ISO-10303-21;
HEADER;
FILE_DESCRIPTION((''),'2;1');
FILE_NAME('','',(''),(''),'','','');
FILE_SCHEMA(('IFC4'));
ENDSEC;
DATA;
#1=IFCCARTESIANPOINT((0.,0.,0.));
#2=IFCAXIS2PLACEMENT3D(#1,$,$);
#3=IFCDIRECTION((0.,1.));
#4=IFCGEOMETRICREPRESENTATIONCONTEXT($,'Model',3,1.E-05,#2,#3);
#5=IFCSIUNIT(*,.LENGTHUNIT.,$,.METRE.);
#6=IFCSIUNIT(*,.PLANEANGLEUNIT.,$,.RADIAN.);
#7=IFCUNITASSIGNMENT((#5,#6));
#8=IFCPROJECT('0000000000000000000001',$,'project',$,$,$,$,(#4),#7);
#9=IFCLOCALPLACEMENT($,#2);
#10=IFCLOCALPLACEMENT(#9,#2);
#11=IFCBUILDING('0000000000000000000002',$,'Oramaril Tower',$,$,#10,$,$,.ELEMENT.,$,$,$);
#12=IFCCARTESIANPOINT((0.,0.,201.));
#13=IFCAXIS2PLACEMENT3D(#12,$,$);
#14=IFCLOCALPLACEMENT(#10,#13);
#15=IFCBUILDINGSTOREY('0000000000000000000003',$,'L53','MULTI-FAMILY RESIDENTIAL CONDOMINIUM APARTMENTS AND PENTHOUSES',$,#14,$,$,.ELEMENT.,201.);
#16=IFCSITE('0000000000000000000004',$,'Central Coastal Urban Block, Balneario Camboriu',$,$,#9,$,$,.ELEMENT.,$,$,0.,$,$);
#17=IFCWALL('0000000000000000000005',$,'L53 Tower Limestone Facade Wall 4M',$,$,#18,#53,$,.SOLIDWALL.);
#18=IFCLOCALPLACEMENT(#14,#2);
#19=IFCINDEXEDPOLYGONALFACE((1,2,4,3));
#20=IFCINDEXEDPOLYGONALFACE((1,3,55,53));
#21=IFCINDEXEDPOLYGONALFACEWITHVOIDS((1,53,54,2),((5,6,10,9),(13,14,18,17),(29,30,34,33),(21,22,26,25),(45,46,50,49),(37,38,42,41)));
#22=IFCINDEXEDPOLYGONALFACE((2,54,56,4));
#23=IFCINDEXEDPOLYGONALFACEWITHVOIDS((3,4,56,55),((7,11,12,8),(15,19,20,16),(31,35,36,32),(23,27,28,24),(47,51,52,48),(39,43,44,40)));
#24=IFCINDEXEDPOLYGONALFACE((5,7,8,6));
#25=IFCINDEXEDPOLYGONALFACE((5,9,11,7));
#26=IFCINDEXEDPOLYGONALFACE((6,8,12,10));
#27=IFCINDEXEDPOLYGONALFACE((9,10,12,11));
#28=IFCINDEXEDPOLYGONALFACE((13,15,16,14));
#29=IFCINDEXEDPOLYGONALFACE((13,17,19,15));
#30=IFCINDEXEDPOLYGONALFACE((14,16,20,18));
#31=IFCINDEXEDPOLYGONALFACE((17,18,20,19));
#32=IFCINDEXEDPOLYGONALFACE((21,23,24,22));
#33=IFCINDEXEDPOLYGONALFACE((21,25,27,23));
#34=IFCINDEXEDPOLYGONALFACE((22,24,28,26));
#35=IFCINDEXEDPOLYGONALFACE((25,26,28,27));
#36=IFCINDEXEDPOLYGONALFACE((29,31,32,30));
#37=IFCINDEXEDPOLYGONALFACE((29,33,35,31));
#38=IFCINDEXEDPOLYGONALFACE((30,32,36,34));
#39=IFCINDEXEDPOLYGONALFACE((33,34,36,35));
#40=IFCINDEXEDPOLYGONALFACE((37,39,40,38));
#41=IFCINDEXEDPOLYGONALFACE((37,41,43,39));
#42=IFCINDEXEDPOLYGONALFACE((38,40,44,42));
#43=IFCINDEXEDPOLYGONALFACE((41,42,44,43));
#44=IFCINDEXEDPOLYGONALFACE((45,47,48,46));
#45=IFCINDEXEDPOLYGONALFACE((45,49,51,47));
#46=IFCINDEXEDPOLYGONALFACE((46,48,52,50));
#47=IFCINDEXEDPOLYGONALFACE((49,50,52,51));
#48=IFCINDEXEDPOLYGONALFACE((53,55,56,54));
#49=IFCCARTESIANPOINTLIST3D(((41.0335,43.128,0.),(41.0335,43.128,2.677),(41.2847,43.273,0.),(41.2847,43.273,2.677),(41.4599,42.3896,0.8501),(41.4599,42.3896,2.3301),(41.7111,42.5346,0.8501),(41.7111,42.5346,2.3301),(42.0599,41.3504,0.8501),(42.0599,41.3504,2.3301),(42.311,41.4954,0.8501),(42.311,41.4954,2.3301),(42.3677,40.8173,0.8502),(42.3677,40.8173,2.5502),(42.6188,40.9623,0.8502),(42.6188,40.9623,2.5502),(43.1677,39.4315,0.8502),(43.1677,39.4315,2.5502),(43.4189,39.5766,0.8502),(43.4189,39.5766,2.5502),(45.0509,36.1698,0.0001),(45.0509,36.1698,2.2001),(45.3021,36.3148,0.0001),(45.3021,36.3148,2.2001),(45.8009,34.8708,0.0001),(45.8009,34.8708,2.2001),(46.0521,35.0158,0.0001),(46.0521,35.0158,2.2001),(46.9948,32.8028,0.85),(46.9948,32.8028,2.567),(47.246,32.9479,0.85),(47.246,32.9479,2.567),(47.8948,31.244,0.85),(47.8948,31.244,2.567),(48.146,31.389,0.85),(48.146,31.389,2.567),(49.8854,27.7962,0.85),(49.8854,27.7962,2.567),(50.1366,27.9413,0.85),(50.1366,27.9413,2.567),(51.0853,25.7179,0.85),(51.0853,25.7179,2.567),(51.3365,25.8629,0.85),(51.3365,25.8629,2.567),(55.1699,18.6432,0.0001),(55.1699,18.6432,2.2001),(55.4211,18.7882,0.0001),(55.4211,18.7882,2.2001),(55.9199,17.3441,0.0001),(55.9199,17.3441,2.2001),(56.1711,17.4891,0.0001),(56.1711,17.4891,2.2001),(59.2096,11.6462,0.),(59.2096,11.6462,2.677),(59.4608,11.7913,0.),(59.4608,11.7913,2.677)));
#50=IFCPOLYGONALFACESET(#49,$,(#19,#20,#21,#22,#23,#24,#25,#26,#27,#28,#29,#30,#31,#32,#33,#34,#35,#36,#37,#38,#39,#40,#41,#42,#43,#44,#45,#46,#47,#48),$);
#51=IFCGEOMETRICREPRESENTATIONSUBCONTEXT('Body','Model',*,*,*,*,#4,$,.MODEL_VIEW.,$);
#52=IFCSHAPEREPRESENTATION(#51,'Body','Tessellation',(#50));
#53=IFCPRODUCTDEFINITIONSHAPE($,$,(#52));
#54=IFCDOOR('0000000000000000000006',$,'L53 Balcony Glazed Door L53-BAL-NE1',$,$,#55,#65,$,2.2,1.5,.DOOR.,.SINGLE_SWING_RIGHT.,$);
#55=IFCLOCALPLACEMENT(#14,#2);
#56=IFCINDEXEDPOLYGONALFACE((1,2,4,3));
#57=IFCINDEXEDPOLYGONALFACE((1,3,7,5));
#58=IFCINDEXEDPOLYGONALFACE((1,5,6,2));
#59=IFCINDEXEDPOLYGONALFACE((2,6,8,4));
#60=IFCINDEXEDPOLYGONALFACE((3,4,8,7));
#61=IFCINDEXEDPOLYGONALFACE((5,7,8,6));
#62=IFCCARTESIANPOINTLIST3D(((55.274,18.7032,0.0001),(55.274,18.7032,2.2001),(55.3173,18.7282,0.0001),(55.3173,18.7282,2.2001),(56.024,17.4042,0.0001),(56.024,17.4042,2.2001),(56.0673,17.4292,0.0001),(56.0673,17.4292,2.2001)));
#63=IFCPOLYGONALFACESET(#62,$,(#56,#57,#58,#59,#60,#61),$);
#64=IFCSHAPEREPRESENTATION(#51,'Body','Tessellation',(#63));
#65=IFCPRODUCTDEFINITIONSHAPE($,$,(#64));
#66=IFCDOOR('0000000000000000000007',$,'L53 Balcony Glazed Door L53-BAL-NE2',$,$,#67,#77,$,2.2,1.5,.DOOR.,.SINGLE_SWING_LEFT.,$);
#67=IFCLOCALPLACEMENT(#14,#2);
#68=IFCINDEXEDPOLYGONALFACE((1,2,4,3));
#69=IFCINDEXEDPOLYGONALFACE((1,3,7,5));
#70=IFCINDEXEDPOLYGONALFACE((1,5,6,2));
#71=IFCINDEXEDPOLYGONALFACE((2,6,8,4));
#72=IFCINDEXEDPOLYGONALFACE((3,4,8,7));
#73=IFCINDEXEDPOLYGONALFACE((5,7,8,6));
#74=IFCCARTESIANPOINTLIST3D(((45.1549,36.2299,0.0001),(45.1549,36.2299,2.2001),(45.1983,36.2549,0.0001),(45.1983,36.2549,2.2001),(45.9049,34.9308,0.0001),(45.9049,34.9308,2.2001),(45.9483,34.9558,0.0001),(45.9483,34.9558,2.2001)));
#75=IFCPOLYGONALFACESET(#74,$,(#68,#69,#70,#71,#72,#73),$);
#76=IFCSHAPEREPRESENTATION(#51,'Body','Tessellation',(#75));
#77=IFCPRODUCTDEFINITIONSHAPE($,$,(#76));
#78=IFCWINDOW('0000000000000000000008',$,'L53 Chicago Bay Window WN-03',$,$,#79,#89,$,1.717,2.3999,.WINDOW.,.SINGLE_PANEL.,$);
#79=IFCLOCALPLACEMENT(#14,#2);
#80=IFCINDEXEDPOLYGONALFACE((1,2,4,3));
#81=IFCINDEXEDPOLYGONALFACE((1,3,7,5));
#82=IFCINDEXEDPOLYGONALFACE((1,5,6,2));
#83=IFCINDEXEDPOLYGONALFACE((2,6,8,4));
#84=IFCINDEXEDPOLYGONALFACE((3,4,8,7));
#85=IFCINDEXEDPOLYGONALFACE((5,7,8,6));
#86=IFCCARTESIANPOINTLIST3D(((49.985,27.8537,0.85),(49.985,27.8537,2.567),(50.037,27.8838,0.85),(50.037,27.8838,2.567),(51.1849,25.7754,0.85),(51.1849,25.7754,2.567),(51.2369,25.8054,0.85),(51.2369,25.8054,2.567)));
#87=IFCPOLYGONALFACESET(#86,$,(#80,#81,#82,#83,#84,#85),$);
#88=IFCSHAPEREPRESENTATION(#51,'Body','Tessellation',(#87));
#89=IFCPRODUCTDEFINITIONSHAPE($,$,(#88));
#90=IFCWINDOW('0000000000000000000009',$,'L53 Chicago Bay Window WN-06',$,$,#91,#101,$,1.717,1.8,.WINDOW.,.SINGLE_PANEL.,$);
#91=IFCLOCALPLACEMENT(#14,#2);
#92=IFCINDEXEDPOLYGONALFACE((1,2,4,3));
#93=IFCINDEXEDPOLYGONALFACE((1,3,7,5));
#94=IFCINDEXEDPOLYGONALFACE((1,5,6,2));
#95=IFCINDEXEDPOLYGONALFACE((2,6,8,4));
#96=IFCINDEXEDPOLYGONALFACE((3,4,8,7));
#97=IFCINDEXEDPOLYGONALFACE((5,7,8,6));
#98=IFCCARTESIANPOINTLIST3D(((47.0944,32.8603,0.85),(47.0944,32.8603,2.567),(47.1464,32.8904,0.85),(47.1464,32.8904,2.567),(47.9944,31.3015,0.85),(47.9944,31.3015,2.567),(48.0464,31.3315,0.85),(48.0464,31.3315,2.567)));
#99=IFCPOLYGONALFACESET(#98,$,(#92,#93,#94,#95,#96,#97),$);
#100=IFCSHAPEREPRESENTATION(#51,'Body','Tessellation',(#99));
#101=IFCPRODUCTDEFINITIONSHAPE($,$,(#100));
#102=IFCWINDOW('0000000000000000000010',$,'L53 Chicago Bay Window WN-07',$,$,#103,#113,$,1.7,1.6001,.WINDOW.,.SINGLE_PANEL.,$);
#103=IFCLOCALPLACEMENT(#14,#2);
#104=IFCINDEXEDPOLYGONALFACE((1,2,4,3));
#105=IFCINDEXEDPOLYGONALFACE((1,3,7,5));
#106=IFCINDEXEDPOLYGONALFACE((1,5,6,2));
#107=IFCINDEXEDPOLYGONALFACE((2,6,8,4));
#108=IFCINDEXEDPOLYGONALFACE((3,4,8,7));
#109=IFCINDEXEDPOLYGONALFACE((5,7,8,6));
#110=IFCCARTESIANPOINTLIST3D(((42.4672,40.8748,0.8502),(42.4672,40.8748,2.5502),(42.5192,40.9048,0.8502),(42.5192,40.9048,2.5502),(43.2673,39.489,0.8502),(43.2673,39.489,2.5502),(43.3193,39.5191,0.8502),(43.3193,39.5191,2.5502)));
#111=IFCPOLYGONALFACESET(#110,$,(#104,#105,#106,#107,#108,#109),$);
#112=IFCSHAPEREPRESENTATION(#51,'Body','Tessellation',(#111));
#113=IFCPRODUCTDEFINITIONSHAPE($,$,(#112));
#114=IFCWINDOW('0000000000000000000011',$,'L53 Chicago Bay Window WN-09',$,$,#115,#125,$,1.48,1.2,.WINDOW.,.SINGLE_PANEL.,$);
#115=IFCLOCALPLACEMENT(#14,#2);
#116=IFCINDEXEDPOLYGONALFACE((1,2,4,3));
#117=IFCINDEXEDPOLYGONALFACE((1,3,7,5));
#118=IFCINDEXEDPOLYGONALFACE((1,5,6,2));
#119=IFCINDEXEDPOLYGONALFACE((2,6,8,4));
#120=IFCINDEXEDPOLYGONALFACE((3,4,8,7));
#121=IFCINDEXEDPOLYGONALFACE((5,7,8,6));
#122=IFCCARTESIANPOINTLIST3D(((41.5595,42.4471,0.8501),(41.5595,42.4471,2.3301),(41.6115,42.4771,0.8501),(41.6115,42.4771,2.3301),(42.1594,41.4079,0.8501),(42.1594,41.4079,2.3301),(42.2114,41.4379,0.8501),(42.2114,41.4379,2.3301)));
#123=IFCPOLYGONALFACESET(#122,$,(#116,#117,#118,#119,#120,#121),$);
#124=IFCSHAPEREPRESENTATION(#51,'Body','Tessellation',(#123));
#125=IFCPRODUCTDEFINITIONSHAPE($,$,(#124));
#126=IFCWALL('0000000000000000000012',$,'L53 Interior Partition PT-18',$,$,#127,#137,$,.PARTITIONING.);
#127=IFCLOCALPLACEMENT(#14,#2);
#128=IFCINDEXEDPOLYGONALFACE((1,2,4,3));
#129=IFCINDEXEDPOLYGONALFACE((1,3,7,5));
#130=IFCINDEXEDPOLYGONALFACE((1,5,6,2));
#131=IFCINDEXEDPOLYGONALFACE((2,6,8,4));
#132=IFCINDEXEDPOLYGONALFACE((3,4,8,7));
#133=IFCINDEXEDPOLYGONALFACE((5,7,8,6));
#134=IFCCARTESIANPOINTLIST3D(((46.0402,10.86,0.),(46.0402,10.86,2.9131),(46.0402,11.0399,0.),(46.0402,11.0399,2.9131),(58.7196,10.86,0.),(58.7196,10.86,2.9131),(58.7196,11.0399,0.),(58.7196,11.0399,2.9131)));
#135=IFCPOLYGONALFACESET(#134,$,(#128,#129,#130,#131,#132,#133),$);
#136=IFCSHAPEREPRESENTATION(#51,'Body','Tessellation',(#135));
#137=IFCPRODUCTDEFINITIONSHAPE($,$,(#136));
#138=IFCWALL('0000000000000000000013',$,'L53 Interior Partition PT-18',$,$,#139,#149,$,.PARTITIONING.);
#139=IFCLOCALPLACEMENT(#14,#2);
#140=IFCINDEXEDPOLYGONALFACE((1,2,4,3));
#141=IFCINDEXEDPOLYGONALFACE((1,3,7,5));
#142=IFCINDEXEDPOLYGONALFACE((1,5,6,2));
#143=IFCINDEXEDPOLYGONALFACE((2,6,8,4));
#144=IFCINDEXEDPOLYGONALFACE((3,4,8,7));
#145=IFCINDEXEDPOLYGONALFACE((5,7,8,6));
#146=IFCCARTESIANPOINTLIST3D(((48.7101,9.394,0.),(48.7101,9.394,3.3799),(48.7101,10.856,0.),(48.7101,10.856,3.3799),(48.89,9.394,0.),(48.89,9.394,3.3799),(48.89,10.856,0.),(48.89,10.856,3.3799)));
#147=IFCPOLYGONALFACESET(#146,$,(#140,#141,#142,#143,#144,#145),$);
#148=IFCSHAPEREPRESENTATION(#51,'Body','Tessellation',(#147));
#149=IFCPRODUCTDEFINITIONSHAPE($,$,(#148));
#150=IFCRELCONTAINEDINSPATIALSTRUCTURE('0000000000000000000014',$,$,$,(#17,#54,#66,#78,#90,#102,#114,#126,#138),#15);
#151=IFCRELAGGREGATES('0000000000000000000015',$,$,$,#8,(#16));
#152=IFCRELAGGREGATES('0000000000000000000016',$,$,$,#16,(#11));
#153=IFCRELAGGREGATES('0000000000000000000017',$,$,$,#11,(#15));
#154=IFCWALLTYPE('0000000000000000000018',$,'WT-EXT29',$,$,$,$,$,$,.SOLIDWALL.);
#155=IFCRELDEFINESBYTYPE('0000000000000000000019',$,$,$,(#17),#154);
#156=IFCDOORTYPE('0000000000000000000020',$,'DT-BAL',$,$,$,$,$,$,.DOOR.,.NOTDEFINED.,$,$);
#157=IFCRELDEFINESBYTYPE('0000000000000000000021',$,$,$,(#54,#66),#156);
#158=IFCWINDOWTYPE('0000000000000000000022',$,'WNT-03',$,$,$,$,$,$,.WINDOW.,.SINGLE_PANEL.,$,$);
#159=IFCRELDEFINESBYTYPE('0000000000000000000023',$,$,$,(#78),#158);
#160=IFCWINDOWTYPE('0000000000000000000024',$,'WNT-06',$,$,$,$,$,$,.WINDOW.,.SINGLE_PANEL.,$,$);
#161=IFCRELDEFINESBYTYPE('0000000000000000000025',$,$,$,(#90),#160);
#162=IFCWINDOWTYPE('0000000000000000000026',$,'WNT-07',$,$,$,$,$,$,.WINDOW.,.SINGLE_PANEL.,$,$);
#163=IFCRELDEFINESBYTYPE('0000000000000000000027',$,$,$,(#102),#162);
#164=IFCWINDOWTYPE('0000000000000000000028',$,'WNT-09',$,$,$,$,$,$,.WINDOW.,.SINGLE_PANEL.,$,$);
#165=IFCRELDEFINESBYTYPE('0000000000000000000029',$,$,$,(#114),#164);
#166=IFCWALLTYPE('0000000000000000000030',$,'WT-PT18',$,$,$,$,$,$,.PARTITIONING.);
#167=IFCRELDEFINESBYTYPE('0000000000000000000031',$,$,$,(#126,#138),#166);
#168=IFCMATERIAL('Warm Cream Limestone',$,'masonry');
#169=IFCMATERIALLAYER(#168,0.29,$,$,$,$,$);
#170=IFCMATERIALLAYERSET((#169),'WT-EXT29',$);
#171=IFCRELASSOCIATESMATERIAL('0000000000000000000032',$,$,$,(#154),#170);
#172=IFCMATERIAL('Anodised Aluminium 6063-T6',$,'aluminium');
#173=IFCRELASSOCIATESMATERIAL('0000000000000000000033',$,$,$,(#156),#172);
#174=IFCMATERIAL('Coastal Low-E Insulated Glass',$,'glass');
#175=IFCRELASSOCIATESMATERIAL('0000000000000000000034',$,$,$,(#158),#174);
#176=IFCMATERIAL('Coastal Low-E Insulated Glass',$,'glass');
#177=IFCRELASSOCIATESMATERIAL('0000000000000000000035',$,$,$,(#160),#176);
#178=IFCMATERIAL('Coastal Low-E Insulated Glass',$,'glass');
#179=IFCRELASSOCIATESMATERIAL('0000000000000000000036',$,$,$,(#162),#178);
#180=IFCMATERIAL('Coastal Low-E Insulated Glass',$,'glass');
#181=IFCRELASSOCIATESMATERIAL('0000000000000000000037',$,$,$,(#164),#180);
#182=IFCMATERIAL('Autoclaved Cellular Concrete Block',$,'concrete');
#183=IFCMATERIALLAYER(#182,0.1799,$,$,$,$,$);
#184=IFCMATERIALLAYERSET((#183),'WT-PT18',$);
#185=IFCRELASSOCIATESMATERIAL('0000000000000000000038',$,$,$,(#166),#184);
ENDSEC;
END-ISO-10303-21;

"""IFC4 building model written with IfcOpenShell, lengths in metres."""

from ifc_helpers import new_model, si_unit, direction, frame, frame_2d, origin, place, context, subcontext, project, spatial, rectangle, extrude, material, layer, layer_set, type_object, element, fill, save


model = new_model("IFC4")

# Units and contexts
model_context = context("Model", 3, precision=1e-05, world=origin(), true_north=direction((0.0, 1.0)))
body_context = subcontext(model_context, "Body", "Model", "MODEL_VIEW")
ifc_project = project(units=[si_unit("LENGTHUNIT", "METRE"), si_unit("PLANEANGLEUNIT", "RADIAN")], contexts=[model_context])

# Site, building, storey
site_placement = place(None, origin())
site = spatial("IfcSite", under=ifc_project, at=site_placement, Name="Central Coastal Urban Block, Balneario Camboriu", CompositionType="ELEMENT", RefElevation=0.0)
building_placement = place(site_placement, origin())
building = spatial("IfcBuilding", under=site, at=building_placement, Name="Oramaril Tower", CompositionType="ELEMENT")
storey_placement = place(building_placement, frame((0.0, 0.0, 201.0)))
storey = spatial("IfcBuildingStorey", under=building, at=storey_placement, Name="L53", Description="MULTI-FAMILY RESIDENTIAL CONDOMINIUM APARTMENTS AND PENTHOUSES", CompositionType="ELEMENT", Elevation=201.0)

# Wall, openings, doors, windows
ifc_material_1 = material(Name="Warm Cream Limestone", Category="masonry")
ifc_layer_1 = layer(ifc_material_1, 0.29)
ifc_layer_set_1 = layer_set([ifc_layer_1], Name="WT-EXT29")
wall_type_1 = type_object("IfcWallType", Name="WT-EXT29", PredefinedType="SOLIDWALL", material=ifc_layer_set_1)
wall_1_placement = place(storey_placement, frame((59.3352, 11.7188, 0.0), z_axis=(0.0, 0.0, 1.0), x_axis=(-0.500001, 0.866025, 0.0)))
wall_1 = element("IfcWall", 1, at=wall_1_placement, inside=storey, type_object=wall_type_1, Name="L53 Tower Limestone Facade Wall 4M", PredefinedType="SOLIDWALL", context=body_context, shape_type="SweptSolid", body=[
    extrude(rectangle(XDim=36.3521, YDim=0.29, at=frame_2d((18.176, 0.0))), origin(), (0.0, 0.0, 1.0), 2.677),
])
opening_1_placement = place(wall_1_placement, frame((6.5793, 0.0, 0.0)))
opening_1 = element("IfcOpeningElement", 2, at=opening_1_placement, cuts=wall_1, PredefinedType="OPENING", context=body_context, shape_type="SweptSolid", body=[
    extrude(rectangle(XDim=1.5, YDim=2.2, at=frame_2d((0.75, 1.1001))), frame((0.0, 0.145, 0.0), z_axis=(0.0, -1.0, 0.0), x_axis=(1.0, 0.0, 0.0)), (0.0, 0.0, 1.0), 0.29),
])
opening_2_placement = place(wall_1_placement, frame((26.8174, 0.0, 0.0)))
opening_2 = element("IfcOpeningElement", 3, at=opening_2_placement, cuts=wall_1, PredefinedType="OPENING", context=body_context, shape_type="SweptSolid", body=[
    extrude(rectangle(XDim=1.5, YDim=2.2, at=frame_2d((0.75, 1.1001))), frame((0.0, 0.145, 0.0), z_axis=(0.0, -1.0, 0.0), x_axis=(1.0, 0.0, 0.0)), (0.0, 0.0, 1.0), 0.29),
])
opening_3_placement = place(wall_1_placement, frame((34.2993, 0.0, 0.8501)))
opening_3 = element("IfcOpeningElement", 4, at=opening_3_placement, cuts=wall_1, PredefinedType="OPENING", context=body_context, shape_type="SweptSolid", body=[
    extrude(rectangle(XDim=1.2, YDim=1.48, at=frame_2d((0.6001, 0.74))), frame((0.0, 0.145, 0.0), z_axis=(0.0, -1.0, 0.0), x_axis=(1.0, 0.0, 0.0)), (0.0, 0.0, 1.0), 0.29),
])
opening_4_placement = place(wall_1_placement, frame((16.2485, 0.0, 0.8501)))
opening_4 = element("IfcOpeningElement", 5, at=opening_4_placement, cuts=wall_1, PredefinedType="OPENING", context=body_context, shape_type="SweptSolid", body=[
    extrude(rectangle(XDim=2.3999, YDim=1.717, at=frame_2d((1.2, 0.8584))), frame((0.0, 0.145, 0.0), z_axis=(0.0, -1.0, 0.0), x_axis=(1.0, 0.0, 0.0)), (0.0, 0.0, 1.0), 0.29),
])
opening_5_placement = place(wall_1_placement, frame((22.6296, 0.0, 0.8501)))
opening_5 = element("IfcOpeningElement", 6, at=opening_5_placement, cuts=wall_1, PredefinedType="OPENING", context=body_context, shape_type="SweptSolid", body=[
    extrude(rectangle(XDim=1.8, YDim=1.717, at=frame_2d((0.8999, 0.8584))), frame((0.0, 0.145, 0.0), z_axis=(0.0, -1.0, 0.0), x_axis=(1.0, 0.0, 0.0)), (0.0, 0.0, 1.0), 0.29),
])
opening_6_placement = place(wall_1_placement, frame((32.0837, 0.0, 0.8501)))
opening_6 = element("IfcOpeningElement", 7, at=opening_6_placement, cuts=wall_1, PredefinedType="OPENING", context=body_context, shape_type="SweptSolid", body=[
    extrude(rectangle(XDim=1.6001, YDim=1.7, at=frame_2d((0.8, 0.8501))), frame((0.0, 0.145, 0.0), z_axis=(0.0, -1.0, 0.0), x_axis=(1.0, 0.0, 0.0)), (0.0, 0.0, 1.0), 0.29),
])
ifc_material_2 = material(Name="Anodised Aluminium 6063-T6", Category="aluminium")
door_type = type_object("IfcDoorType", Name="DT-BAL", OperationType="NOTDEFINED", PredefinedType="DOOR", material=ifc_material_2)
door_1_placement = place(opening_1_placement, origin())
door_1 = element("IfcDoor", 8, at=door_1_placement, inside=storey, type_object=door_type, Name="L53 Balcony Glazed Door L53-BAL-NE1", OperationType="SINGLE_SWING_RIGHT", OverallHeight=2.2, OverallWidth=1.5, PredefinedType="DOOR", context=body_context, shape_type="SweptSolid", body=[
    extrude(rectangle(XDim=1.5, YDim=2.2, at=frame_2d((0.75, 1.1001))), frame((0.0, 0.0249, 0.0), z_axis=(0.0, -1.0, 0.0), x_axis=(1.0, 0.0, 0.0)), (0.0, 0.0, 1.0), 0.05),
])
fill(opening_1, door_1)
door_2_placement = place(opening_2_placement, origin())
door_2 = element("IfcDoor", 9, at=door_2_placement, inside=storey, type_object=door_type, Name="L53 Balcony Glazed Door L53-BAL-NE2", OperationType="SINGLE_SWING_LEFT", OverallHeight=2.2, OverallWidth=1.5, PredefinedType="DOOR", context=body_context, shape_type="SweptSolid", body=[
    extrude(rectangle(XDim=1.5, YDim=2.2, at=frame_2d((0.75, 1.1001))), frame((0.0, 0.0249, 0.0), z_axis=(0.0, -1.0, 0.0), x_axis=(1.0, 0.0, 0.0)), (0.0, 0.0, 1.0), 0.05),
])
fill(opening_2, door_2)
ifc_material_3 = material(Name="Coastal Low-E Insulated Glass", Category="glass")
window_type_1 = type_object("IfcWindowType", Name="WNT-03", PartitioningType="SINGLE_PANEL", PredefinedType="WINDOW", material=ifc_material_3)
window_1_placement = place(opening_4_placement, origin())
window_1 = element("IfcWindow", 10, at=window_1_placement, inside=storey, type_object=window_type_1, Name="L53 Chicago Bay Window WN-03", OverallHeight=1.717, OverallWidth=2.3999, PartitioningType="SINGLE_PANEL", PredefinedType="WINDOW", context=body_context, shape_type="SweptSolid", body=[
    extrude(rectangle(XDim=2.3999, YDim=1.717, at=frame_2d((1.2, 0.8584))), frame((0.0, 0.03, 0.0), z_axis=(0.0, -1.0, 0.0), x_axis=(1.0, 0.0, 0.0)), (0.0, 0.0, 1.0), 0.0601),
])
fill(opening_4, window_1)
ifc_material_4 = material(Name="Coastal Low-E Insulated Glass", Category="glass")
window_type_2 = type_object("IfcWindowType", Name="WNT-06", PartitioningType="SINGLE_PANEL", PredefinedType="WINDOW", material=ifc_material_4)
window_2_placement = place(opening_5_placement, origin())
window_2 = element("IfcWindow", 11, at=window_2_placement, inside=storey, type_object=window_type_2, Name="L53 Chicago Bay Window WN-06", OverallHeight=1.717, OverallWidth=1.8, PartitioningType="SINGLE_PANEL", PredefinedType="WINDOW", context=body_context, shape_type="SweptSolid", body=[
    extrude(rectangle(XDim=1.8, YDim=1.717, at=frame_2d((0.8999, 0.8584))), frame((0.0, 0.03, 0.0), z_axis=(0.0, -1.0, 0.0), x_axis=(1.0, 0.0, 0.0)), (0.0, 0.0, 1.0), 0.0601),
])
fill(opening_5, window_2)
ifc_material_5 = material(Name="Coastal Low-E Insulated Glass", Category="glass")
window_type_3 = type_object("IfcWindowType", Name="WNT-07", PartitioningType="SINGLE_PANEL", PredefinedType="WINDOW", material=ifc_material_5)
window_3_placement = place(opening_6_placement, origin())
window_3 = element("IfcWindow", 12, at=window_3_placement, inside=storey, type_object=window_type_3, Name="L53 Chicago Bay Window WN-07", OverallHeight=1.7, OverallWidth=1.6001, PartitioningType="SINGLE_PANEL", PredefinedType="WINDOW", context=body_context, shape_type="SweptSolid", body=[
    extrude(rectangle(XDim=1.6001, YDim=1.7, at=frame_2d((0.8, 0.8501))), frame((0.0, 0.03, 0.0), z_axis=(0.0, -1.0, 0.0), x_axis=(1.0, 0.0, 0.0)), (0.0, 0.0, 1.0), 0.0601),
])
fill(opening_6, window_3)
ifc_material_6 = material(Name="Coastal Low-E Insulated Glass", Category="glass")
window_type_4 = type_object("IfcWindowType", Name="WNT-09", PartitioningType="SINGLE_PANEL", PredefinedType="WINDOW", material=ifc_material_6)
window_4_placement = place(opening_3_placement, origin())
window_4 = element("IfcWindow", 13, at=window_4_placement, inside=storey, type_object=window_type_4, Name="L53 Chicago Bay Window WN-09", OverallHeight=1.48, OverallWidth=1.2, PartitioningType="SINGLE_PANEL", PredefinedType="WINDOW", context=body_context, shape_type="SweptSolid", body=[
    extrude(rectangle(XDim=1.2, YDim=1.48, at=frame_2d((0.6001, 0.74))), frame((0.0, 0.03, 0.0), z_axis=(0.0, -1.0, 0.0), x_axis=(1.0, 0.0, 0.0)), (0.0, 0.0, 1.0), 0.0601),
])
fill(opening_3, window_4)

# Walls
ifc_material_7 = material(Name="Autoclaved Cellular Concrete Block", Category="concrete")
ifc_layer_2 = layer(ifc_material_7, 0.1799)
ifc_layer_set_2 = layer_set([ifc_layer_2], Name="WT-PT18")
wall_type_2 = type_object("IfcWallType", Name="WT-PT18", PredefinedType="PARTITIONING", material=ifc_layer_set_2)
wall_2_placement = place(storey_placement, frame((46.04, 10.95, 0.0), z_axis=(0.0, 0.0, 1.0), x_axis=(1.0, 0.0, 0.0)))
element("IfcWall", 14, at=wall_2_placement, inside=storey, type_object=wall_type_2, Name="L53 Interior Partition PT-18", PredefinedType="PARTITIONING", context=body_context, shape_type="SweptSolid", body=[
    extrude(rectangle(XDim=12.6794, YDim=0.1799, at=frame_2d((6.3398, 0.0))), origin(), (0.0, 0.0, 1.0), 2.9131),
])
wall_3_placement = place(storey_placement, frame((48.8, 9.394, 0.0), z_axis=(0.0, 0.0, 1.0), x_axis=(0.0, 1.0, 0.0)))
element("IfcWall", 15, at=wall_3_placement, inside=storey, type_object=wall_type_2, Name="L53 Interior Partition PT-18", PredefinedType="PARTITIONING", context=body_context, shape_type="SweptSolid", body=[
    extrude(rectangle(XDim=1.4619, YDim=0.1799, at=frame_2d((0.731, 0.0))), origin(), (0.0, 0.0, 1.0), 3.3799),
])

save(model, "model.ifc")
